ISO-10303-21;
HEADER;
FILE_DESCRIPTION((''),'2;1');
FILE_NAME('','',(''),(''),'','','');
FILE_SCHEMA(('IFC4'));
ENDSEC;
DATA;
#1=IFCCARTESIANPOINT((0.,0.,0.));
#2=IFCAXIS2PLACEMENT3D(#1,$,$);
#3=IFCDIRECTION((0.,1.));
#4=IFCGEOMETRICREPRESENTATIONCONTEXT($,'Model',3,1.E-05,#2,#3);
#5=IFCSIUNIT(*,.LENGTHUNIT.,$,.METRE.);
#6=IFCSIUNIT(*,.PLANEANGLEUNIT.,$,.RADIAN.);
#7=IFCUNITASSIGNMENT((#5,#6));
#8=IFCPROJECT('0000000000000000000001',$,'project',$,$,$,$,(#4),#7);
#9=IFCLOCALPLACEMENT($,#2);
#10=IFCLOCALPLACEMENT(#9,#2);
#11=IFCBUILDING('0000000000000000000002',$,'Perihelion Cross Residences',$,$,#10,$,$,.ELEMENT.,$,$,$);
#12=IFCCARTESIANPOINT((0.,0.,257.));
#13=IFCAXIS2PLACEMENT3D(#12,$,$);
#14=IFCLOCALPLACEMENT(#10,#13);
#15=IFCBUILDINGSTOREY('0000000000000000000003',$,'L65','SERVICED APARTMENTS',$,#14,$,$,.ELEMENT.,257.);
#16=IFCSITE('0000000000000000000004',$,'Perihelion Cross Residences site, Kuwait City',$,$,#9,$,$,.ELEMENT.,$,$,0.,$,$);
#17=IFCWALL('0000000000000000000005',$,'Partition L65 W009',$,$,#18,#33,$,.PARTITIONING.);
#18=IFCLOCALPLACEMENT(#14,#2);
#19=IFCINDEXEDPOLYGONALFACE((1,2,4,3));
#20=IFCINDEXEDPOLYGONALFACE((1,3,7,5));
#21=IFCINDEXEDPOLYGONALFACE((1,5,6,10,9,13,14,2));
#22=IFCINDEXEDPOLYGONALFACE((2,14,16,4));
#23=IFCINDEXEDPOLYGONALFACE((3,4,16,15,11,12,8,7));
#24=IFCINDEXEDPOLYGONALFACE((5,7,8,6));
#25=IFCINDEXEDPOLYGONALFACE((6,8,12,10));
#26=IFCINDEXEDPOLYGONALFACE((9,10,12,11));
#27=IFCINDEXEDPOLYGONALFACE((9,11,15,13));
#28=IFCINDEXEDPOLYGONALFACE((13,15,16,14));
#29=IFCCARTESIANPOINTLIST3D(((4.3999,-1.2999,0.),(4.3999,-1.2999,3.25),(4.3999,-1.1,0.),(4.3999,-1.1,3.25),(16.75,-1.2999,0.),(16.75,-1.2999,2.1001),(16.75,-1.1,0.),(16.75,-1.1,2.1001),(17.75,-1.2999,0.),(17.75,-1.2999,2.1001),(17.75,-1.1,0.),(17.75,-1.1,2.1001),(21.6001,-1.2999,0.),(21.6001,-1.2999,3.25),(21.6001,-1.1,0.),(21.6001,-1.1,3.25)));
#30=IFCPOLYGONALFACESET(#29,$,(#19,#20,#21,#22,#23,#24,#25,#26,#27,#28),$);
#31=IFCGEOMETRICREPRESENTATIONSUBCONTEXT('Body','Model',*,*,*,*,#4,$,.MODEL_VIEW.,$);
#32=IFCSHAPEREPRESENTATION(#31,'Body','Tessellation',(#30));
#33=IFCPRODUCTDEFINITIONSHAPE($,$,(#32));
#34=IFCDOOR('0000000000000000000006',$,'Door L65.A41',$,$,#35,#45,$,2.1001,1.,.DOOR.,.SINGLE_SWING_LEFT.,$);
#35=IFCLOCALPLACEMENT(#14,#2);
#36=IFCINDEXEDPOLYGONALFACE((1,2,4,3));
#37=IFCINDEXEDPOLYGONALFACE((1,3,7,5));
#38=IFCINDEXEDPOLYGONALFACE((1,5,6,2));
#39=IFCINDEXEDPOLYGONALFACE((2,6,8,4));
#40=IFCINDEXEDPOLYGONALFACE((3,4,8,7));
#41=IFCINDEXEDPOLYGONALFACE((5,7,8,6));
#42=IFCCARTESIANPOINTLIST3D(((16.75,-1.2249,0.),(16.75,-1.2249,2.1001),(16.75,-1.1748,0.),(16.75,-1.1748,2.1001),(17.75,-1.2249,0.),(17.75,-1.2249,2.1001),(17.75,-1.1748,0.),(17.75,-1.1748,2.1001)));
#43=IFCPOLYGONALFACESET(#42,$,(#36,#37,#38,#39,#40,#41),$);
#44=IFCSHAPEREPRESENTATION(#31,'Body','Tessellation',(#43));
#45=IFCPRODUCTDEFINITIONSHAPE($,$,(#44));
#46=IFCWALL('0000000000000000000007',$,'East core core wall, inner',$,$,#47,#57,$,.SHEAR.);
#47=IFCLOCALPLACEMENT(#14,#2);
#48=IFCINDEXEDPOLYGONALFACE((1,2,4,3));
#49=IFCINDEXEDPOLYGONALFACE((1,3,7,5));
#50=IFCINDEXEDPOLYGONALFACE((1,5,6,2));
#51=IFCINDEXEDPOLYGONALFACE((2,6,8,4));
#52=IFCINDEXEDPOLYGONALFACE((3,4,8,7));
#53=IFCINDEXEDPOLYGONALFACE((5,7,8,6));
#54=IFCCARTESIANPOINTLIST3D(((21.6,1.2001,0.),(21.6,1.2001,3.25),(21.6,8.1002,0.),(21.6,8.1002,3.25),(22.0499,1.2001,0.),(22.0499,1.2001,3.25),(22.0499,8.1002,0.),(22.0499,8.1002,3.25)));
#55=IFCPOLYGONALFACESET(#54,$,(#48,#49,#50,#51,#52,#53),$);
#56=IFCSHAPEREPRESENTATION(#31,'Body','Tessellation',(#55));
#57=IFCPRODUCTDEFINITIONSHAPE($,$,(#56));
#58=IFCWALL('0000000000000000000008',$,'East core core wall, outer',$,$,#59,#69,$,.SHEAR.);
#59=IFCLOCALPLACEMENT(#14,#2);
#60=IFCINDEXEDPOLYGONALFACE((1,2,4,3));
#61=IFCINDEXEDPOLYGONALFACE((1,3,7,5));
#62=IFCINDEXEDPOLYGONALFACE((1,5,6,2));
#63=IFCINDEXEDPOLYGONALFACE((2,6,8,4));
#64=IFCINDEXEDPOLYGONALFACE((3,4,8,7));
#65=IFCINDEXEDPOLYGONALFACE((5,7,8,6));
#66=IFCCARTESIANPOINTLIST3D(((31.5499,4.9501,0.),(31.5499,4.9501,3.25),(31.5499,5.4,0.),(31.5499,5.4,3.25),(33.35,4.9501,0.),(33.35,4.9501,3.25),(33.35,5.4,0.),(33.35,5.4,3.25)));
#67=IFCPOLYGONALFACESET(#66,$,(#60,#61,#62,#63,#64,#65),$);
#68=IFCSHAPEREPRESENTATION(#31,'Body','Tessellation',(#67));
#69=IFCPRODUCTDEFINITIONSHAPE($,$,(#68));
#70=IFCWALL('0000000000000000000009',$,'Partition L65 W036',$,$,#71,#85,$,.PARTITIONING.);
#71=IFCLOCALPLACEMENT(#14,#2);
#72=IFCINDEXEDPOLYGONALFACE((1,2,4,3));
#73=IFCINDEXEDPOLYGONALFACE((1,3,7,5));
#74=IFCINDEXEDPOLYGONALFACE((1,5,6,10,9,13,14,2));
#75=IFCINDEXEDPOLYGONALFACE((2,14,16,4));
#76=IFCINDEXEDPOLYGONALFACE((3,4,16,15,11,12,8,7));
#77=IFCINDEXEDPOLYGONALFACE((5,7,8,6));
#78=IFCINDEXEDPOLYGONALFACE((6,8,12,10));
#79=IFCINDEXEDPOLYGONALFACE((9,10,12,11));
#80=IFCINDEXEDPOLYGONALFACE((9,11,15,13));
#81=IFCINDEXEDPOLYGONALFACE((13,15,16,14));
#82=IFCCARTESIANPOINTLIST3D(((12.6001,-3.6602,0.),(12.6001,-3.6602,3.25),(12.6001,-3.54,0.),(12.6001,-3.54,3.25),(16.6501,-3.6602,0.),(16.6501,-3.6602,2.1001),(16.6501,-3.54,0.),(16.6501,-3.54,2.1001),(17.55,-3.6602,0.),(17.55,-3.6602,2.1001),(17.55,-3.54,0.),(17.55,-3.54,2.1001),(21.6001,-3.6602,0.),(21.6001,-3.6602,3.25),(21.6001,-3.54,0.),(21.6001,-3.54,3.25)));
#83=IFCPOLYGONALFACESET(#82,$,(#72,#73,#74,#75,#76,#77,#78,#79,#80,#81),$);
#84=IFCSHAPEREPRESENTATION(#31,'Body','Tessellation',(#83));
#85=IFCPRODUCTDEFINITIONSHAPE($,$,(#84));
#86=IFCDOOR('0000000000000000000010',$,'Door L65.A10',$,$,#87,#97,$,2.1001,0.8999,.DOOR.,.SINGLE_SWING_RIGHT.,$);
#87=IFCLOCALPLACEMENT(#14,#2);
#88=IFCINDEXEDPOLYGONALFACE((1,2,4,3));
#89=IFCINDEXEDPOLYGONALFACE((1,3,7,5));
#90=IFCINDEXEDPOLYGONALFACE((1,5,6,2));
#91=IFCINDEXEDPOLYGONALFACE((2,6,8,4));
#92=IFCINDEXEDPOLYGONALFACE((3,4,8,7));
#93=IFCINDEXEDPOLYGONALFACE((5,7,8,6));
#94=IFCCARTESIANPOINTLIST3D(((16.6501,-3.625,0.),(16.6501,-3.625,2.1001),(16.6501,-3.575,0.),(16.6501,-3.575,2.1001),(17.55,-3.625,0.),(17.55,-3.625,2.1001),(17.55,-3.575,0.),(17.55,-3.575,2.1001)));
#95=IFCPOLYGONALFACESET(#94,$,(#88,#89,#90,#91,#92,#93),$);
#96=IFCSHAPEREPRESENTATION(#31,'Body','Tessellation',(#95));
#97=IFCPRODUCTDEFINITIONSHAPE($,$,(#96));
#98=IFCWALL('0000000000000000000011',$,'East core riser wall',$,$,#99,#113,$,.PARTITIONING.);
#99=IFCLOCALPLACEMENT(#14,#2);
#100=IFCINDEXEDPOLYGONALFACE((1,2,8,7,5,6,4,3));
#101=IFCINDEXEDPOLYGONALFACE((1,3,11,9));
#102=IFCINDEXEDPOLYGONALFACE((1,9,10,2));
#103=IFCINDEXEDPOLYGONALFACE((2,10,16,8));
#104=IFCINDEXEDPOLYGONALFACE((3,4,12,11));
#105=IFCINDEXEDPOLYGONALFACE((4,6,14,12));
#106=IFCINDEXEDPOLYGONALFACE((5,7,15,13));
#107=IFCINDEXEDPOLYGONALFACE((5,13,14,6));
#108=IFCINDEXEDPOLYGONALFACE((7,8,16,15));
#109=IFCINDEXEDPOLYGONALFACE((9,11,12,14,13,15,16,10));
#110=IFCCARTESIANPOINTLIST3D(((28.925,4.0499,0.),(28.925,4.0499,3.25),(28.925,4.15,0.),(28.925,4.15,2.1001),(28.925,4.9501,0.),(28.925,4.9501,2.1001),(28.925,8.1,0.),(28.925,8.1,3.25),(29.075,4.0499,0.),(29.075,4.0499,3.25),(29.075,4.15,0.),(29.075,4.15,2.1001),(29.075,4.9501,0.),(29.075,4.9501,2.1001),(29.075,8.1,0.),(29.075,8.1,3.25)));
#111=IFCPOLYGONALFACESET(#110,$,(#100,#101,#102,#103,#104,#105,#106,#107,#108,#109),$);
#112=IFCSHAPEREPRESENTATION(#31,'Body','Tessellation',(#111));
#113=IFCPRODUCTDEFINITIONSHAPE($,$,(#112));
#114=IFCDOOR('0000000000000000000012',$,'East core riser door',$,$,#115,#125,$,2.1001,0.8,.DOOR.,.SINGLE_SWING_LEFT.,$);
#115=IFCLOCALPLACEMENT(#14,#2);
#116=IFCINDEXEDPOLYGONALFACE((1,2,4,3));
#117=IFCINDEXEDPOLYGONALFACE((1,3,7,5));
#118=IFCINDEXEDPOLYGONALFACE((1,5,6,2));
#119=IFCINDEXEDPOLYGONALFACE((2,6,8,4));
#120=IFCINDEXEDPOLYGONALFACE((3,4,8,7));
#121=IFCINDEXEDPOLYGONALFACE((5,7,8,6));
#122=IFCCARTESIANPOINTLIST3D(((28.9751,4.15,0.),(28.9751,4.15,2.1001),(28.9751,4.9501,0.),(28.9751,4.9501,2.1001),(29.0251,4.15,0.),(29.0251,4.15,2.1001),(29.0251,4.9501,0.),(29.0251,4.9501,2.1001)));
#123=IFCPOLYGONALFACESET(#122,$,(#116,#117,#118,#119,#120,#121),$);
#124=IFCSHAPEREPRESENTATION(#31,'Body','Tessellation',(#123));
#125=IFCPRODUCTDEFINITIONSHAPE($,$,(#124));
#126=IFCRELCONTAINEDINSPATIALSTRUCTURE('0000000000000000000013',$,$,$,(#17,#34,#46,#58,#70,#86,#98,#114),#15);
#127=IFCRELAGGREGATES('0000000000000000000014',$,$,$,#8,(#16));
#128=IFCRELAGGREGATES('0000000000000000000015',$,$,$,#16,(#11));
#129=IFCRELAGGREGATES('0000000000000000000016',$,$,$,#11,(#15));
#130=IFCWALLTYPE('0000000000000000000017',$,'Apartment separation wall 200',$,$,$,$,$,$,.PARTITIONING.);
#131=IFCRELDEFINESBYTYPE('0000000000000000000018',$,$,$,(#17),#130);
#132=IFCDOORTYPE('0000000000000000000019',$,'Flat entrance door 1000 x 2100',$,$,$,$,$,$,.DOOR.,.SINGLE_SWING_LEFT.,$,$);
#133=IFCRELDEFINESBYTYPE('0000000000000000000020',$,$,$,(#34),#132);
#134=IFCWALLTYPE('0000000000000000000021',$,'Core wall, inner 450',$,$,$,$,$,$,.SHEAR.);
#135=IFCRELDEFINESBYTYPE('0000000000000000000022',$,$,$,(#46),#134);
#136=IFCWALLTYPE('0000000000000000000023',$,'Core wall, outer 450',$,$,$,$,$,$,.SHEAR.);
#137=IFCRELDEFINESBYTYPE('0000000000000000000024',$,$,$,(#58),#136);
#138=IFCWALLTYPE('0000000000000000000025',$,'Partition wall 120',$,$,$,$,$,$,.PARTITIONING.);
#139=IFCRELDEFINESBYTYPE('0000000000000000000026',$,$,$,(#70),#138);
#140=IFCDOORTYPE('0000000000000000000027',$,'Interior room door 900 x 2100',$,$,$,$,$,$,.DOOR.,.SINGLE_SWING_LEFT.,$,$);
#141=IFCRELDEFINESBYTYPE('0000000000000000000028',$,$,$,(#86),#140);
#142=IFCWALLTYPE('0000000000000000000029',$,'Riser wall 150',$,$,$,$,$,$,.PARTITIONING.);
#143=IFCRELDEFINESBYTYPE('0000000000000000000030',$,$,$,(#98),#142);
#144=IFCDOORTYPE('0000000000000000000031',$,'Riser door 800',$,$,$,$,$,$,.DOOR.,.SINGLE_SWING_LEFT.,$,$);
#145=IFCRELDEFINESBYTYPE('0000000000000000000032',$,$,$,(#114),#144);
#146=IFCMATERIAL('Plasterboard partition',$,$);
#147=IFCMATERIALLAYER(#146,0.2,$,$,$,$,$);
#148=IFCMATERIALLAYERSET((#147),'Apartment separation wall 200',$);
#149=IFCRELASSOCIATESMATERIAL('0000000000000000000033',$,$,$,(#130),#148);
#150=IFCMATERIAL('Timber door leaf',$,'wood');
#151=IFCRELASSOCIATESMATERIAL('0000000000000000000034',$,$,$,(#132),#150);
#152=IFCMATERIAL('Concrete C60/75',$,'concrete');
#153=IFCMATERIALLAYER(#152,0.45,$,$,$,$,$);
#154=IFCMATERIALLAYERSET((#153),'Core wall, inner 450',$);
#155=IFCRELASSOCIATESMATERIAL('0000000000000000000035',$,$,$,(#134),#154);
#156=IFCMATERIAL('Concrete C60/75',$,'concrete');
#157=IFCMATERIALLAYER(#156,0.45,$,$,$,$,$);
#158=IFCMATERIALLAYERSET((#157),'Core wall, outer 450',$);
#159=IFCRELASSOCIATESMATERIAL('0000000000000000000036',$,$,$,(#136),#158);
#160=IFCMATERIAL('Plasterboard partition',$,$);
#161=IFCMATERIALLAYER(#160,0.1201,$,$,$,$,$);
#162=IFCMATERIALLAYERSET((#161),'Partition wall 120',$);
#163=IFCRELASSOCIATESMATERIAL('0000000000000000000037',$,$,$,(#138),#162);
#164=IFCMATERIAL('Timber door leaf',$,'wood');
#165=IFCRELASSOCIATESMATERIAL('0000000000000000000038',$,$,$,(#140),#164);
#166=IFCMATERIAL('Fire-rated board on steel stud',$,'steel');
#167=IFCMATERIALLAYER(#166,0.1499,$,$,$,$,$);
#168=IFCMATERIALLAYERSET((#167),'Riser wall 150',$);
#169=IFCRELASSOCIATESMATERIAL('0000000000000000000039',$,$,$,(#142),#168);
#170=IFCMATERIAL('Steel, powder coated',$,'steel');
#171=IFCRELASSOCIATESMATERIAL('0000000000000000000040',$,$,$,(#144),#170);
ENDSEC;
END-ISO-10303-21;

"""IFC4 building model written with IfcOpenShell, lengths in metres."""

from ifc_helpers import new_model, si_unit, direction, frame, frame_2d, origin, place, context, subcontext, project, spatial, rectangle, extrude, material, layer, layer_set, type_object, element, fill, save


model = new_model("IFC4")

# Units and contexts
model_context = context("Model", 3, precision=1e-05, world=origin(), true_north=direction((0.0, 1.0)))
body_context = subcontext(model_context, "Body", "Model", "MODEL_VIEW")
ifc_project = project(units=[si_unit("LENGTHUNIT", "METRE"), si_unit("PLANEANGLEUNIT", "RADIAN")], contexts=[model_context])

# Site, building, storey
site_placement = place(None, origin())
site = spatial("IfcSite", under=ifc_project, at=site_placement, Name="Perihelion Cross Residences site, Kuwait City", CompositionType="ELEMENT", RefElevation=0.0)
building_placement = place(site_placement, origin())
building = spatial("IfcBuilding", under=site, at=building_placement, Name="Perihelion Cross Residences", CompositionType="ELEMENT")
storey_placement = place(building_placement, frame((0.0, 0.0, 257.0)))
storey = spatial("IfcBuildingStorey", under=building, at=storey_placement, Name="L65", Description="SERVICED APARTMENTS", CompositionType="ELEMENT", Elevation=257.0)

# Wall, opening, door
ifc_material_1 = material(Name="Plasterboard partition")
ifc_layer_1 = layer(ifc_material_1, 0.2)
ifc_layer_set_1 = layer_set([ifc_layer_1], Name="Apartment separation wall 200")
wall_type_1 = type_object("IfcWallType", Name="Apartment separation wall 200", PredefinedType="PARTITIONING", material=ifc_layer_set_1)
wall_1_placement = place(storey_placement, frame((21.6001, -1.2, 0.0), z_axis=(0.0, 0.0, 1.0), x_axis=(-1.0, 0.0, 0.0)))
wall_1 = element("IfcWall", 1, at=wall_1_placement, inside=storey, type_object=wall_type_1, Name="Partition L65 W009", PredefinedType="PARTITIONING", context=body_context, shape_type="SweptSolid", body=[
    extrude(rectangle(XDim=17.2002, YDim=0.2, at=frame_2d((8.6001, 0.0))), origin(), (0.0, 0.0, 1.0), 3.25),
])
opening_1_placement = place(wall_1_placement, frame((3.8501, 0.0, 0.0)))
opening_1 = element("IfcOpeningElement", 2, at=opening_1_placement, cuts=wall_1, PredefinedType="OPENING", context=body_context, shape_type="SweptSolid", body=[
    extrude(rectangle(XDim=1.0, YDim=2.1001, at=frame_2d((0.5, 1.05))), frame((0.0, 0.1099, 0.0), z_axis=(0.0, -1.0, 0.0), x_axis=(1.0, 0.0, 0.0)), (0.0, 0.0, 1.0), 0.22),
])
ifc_material_2 = material(Name="Timber door leaf", Category="wood")
door_type_1 = type_object("IfcDoorType", Name="Flat entrance door 1000 x 2100", OperationType="SINGLE_SWING_LEFT", PredefinedType="DOOR", material=ifc_material_2)
door_1_placement = place(opening_1_placement, origin())
door_1 = element("IfcDoor", 3, at=door_1_placement, inside=storey, type_object=door_type_1, Name="Door L65.A41", OperationType="SINGLE_SWING_LEFT", OverallHeight=2.1001, OverallWidth=1.0, PredefinedType="DOOR", context=body_context, shape_type="SweptSolid", body=[
    extrude(rectangle(XDim=1.0, YDim=2.1001, at=frame_2d((0.5, 1.05))), frame((0.0, 0.0249, 0.0), z_axis=(0.0, -1.0, 0.0), x_axis=(1.0, 0.0, 0.0)), (0.0, 0.0, 1.0), 0.05),
])
fill(opening_1, door_1)

# Walls
ifc_material_3 = material(Name="Concrete C60/75", Category="concrete")
ifc_layer_2 = layer(ifc_material_3, 0.45)
ifc_layer_set_2 = layer_set([ifc_layer_2], Name="Core wall, inner 450")
wall_type_2 = type_object("IfcWallType", Name="Core wall, inner 450", PredefinedType="SHEAR", material=ifc_layer_set_2)
wall_2_placement = place(storey_placement, frame((21.825, 1.2, 0.0), z_axis=(0.0, 0.0, 1.0), x_axis=(0.0, 1.0, 0.0)))
element("IfcWall", 4, at=wall_2_placement, inside=storey, type_object=wall_type_2, Name="East core core wall, inner", PredefinedType="SHEAR", context=body_context, shape_type="SweptSolid", body=[
    extrude(rectangle(XDim=6.9001, YDim=0.45, at=frame_2d((3.4502, 0.0))), origin(), (0.0, 0.0, 1.0), 3.25),
])
ifc_material_4 = material(Name="Concrete C60/75", Category="concrete")
ifc_layer_3 = layer(ifc_material_4, 0.45)
ifc_layer_set_3 = layer_set([ifc_layer_3], Name="Core wall, outer 450")
wall_type_3 = type_object("IfcWallType", Name="Core wall, outer 450", PredefinedType="SHEAR", material=ifc_layer_set_3)
wall_3_placement = place(storey_placement, frame((31.55, 5.175, 0.0), z_axis=(0.0, 0.0, 1.0), x_axis=(1.0, 0.0, 0.0)))
element("IfcWall", 5, at=wall_3_placement, inside=storey, type_object=wall_type_3, Name="East core core wall, outer", PredefinedType="SHEAR", context=body_context, shape_type="SweptSolid", body=[
    extrude(rectangle(XDim=1.8, YDim=0.45, at=frame_2d((0.8999, 0.0))), origin(), (0.0, 0.0, 1.0), 3.25),
])

# Walls, openings, doors
ifc_material_5 = material(Name="Plasterboard partition")
ifc_layer_4 = layer(ifc_material_5, 0.1201)
ifc_layer_set_4 = layer_set([ifc_layer_4], Name="Partition wall 120")
wall_type_4 = type_object("IfcWallType", Name="Partition wall 120", PredefinedType="PARTITIONING", material=ifc_layer_set_4)
wall_4_placement = place(storey_placement, frame((21.6001, -3.6001, 0.0), z_axis=(0.0, 0.0, 1.0), x_axis=(-1.0, 0.0, 0.0)))
wall_4 = element("IfcWall", 6, at=wall_4_placement, inside=storey, type_object=wall_type_4, Name="Partition L65 W036", PredefinedType="PARTITIONING", context=body_context, shape_type="SweptSolid", body=[
    extrude(rectangle(XDim=9.0, YDim=0.1201, at=frame_2d((4.5, 0.0))), origin(), (0.0, 0.0, 1.0), 3.25),
])
opening_2_placement = place(wall_4_placement, frame((4.05, 0.0, 0.0)))
opening_2 = element("IfcOpeningElement", 7, at=opening_2_placement, cuts=wall_4, PredefinedType="OPENING", context=body_context, shape_type="SweptSolid", body=[
    extrude(rectangle(XDim=0.8999, YDim=2.1001, at=frame_2d((0.45, 1.05))), frame((0.0, 0.0701, 0.0), z_axis=(0.0, -1.0, 0.0), x_axis=(1.0, 0.0, 0.0)), (0.0, 0.0, 1.0), 0.1401),
])
ifc_material_6 = material(Name="Timber door leaf", Category="wood")
door_type_2 = type_object("IfcDoorType", Name="Interior room door 900 x 2100", OperationType="SINGLE_SWING_LEFT", PredefinedType="DOOR", material=ifc_material_6)
door_2_placement = place(opening_2_placement, origin())
door_2 = element("IfcDoor", 8, at=door_2_placement, inside=storey, type_object=door_type_2, Name="Door L65.A10", OperationType="SINGLE_SWING_RIGHT", OverallHeight=2.1001, OverallWidth=0.8999, PredefinedType="DOOR", context=body_context, shape_type="SweptSolid", body=[
    extrude(rectangle(XDim=0.8999, YDim=2.1001, at=frame_2d((0.45, 1.05))), frame((0.0, 0.0249, 0.0), z_axis=(0.0, -1.0, 0.0), x_axis=(1.0, 0.0, 0.0)), (0.0, 0.0, 1.0), 0.05),
])
fill(opening_2, door_2)
ifc_material_7 = material(Name="Fire-rated board on steel stud", Category="steel")
ifc_layer_5 = layer(ifc_material_7, 0.1499)
ifc_layer_set_5 = layer_set([ifc_layer_5], Name="Riser wall 150")
wall_type_5 = type_object("IfcWallType", Name="Riser wall 150", PredefinedType="PARTITIONING", material=ifc_layer_set_5)
wall_5_placement = place(storey_placement, frame((29.0, 4.05, 0.0), z_axis=(0.0, 0.0, 1.0), x_axis=(0.0, 1.0, 0.0)))
wall_5 = element("IfcWall", 9, at=wall_5_placement, inside=storey, type_object=wall_type_5, Name="East core riser wall", PredefinedType="PARTITIONING", context=body_context, shape_type="SweptSolid", body=[
    extrude(rectangle(XDim=4.05, YDim=0.1499, at=frame_2d((2.0249, 0.0))), origin(), (0.0, 0.0, 1.0), 3.25),
])
opening_3_placement = place(wall_5_placement, frame((0.1001, 0.0, 0.0)))
opening_3 = element("IfcOpeningElement", 10, at=opening_3_placement, cuts=wall_5, PredefinedType="OPENING", context=body_context, shape_type="SweptSolid", body=[
    extrude(rectangle(XDim=0.8, YDim=2.1001, at=frame_2d((0.3999, 1.05))), frame((0.0, 0.085, 0.0), z_axis=(0.0, -1.0, 0.0), x_axis=(1.0, 0.0, 0.0)), (0.0, 0.0, 1.0), 0.1699),
])
ifc_material_8 = material(Name="Steel, powder coated", Category="steel")
door_type_3 = type_object("IfcDoorType", Name="Riser door 800", OperationType="SINGLE_SWING_LEFT", PredefinedType="DOOR", material=ifc_material_8)
door_3_placement = place(opening_3_placement, origin())
door_3 = element("IfcDoor", 11, at=door_3_placement, inside=storey, type_object=door_type_3, Name="East core riser door", OperationType="SINGLE_SWING_LEFT", OverallHeight=2.1001, OverallWidth=0.8, PredefinedType="DOOR", context=body_context, shape_type="SweptSolid", body=[
    extrude(rectangle(XDim=0.8, YDim=2.1001, at=frame_2d((0.3999, 1.05))), frame((0.0, 0.0249, 0.0), z_axis=(0.0, -1.0, 0.0), x_axis=(1.0, 0.0, 0.0)), (0.0, 0.0, 1.0), 0.05),
])
fill(opening_3, door_3)

save(model, "model.ifc")
